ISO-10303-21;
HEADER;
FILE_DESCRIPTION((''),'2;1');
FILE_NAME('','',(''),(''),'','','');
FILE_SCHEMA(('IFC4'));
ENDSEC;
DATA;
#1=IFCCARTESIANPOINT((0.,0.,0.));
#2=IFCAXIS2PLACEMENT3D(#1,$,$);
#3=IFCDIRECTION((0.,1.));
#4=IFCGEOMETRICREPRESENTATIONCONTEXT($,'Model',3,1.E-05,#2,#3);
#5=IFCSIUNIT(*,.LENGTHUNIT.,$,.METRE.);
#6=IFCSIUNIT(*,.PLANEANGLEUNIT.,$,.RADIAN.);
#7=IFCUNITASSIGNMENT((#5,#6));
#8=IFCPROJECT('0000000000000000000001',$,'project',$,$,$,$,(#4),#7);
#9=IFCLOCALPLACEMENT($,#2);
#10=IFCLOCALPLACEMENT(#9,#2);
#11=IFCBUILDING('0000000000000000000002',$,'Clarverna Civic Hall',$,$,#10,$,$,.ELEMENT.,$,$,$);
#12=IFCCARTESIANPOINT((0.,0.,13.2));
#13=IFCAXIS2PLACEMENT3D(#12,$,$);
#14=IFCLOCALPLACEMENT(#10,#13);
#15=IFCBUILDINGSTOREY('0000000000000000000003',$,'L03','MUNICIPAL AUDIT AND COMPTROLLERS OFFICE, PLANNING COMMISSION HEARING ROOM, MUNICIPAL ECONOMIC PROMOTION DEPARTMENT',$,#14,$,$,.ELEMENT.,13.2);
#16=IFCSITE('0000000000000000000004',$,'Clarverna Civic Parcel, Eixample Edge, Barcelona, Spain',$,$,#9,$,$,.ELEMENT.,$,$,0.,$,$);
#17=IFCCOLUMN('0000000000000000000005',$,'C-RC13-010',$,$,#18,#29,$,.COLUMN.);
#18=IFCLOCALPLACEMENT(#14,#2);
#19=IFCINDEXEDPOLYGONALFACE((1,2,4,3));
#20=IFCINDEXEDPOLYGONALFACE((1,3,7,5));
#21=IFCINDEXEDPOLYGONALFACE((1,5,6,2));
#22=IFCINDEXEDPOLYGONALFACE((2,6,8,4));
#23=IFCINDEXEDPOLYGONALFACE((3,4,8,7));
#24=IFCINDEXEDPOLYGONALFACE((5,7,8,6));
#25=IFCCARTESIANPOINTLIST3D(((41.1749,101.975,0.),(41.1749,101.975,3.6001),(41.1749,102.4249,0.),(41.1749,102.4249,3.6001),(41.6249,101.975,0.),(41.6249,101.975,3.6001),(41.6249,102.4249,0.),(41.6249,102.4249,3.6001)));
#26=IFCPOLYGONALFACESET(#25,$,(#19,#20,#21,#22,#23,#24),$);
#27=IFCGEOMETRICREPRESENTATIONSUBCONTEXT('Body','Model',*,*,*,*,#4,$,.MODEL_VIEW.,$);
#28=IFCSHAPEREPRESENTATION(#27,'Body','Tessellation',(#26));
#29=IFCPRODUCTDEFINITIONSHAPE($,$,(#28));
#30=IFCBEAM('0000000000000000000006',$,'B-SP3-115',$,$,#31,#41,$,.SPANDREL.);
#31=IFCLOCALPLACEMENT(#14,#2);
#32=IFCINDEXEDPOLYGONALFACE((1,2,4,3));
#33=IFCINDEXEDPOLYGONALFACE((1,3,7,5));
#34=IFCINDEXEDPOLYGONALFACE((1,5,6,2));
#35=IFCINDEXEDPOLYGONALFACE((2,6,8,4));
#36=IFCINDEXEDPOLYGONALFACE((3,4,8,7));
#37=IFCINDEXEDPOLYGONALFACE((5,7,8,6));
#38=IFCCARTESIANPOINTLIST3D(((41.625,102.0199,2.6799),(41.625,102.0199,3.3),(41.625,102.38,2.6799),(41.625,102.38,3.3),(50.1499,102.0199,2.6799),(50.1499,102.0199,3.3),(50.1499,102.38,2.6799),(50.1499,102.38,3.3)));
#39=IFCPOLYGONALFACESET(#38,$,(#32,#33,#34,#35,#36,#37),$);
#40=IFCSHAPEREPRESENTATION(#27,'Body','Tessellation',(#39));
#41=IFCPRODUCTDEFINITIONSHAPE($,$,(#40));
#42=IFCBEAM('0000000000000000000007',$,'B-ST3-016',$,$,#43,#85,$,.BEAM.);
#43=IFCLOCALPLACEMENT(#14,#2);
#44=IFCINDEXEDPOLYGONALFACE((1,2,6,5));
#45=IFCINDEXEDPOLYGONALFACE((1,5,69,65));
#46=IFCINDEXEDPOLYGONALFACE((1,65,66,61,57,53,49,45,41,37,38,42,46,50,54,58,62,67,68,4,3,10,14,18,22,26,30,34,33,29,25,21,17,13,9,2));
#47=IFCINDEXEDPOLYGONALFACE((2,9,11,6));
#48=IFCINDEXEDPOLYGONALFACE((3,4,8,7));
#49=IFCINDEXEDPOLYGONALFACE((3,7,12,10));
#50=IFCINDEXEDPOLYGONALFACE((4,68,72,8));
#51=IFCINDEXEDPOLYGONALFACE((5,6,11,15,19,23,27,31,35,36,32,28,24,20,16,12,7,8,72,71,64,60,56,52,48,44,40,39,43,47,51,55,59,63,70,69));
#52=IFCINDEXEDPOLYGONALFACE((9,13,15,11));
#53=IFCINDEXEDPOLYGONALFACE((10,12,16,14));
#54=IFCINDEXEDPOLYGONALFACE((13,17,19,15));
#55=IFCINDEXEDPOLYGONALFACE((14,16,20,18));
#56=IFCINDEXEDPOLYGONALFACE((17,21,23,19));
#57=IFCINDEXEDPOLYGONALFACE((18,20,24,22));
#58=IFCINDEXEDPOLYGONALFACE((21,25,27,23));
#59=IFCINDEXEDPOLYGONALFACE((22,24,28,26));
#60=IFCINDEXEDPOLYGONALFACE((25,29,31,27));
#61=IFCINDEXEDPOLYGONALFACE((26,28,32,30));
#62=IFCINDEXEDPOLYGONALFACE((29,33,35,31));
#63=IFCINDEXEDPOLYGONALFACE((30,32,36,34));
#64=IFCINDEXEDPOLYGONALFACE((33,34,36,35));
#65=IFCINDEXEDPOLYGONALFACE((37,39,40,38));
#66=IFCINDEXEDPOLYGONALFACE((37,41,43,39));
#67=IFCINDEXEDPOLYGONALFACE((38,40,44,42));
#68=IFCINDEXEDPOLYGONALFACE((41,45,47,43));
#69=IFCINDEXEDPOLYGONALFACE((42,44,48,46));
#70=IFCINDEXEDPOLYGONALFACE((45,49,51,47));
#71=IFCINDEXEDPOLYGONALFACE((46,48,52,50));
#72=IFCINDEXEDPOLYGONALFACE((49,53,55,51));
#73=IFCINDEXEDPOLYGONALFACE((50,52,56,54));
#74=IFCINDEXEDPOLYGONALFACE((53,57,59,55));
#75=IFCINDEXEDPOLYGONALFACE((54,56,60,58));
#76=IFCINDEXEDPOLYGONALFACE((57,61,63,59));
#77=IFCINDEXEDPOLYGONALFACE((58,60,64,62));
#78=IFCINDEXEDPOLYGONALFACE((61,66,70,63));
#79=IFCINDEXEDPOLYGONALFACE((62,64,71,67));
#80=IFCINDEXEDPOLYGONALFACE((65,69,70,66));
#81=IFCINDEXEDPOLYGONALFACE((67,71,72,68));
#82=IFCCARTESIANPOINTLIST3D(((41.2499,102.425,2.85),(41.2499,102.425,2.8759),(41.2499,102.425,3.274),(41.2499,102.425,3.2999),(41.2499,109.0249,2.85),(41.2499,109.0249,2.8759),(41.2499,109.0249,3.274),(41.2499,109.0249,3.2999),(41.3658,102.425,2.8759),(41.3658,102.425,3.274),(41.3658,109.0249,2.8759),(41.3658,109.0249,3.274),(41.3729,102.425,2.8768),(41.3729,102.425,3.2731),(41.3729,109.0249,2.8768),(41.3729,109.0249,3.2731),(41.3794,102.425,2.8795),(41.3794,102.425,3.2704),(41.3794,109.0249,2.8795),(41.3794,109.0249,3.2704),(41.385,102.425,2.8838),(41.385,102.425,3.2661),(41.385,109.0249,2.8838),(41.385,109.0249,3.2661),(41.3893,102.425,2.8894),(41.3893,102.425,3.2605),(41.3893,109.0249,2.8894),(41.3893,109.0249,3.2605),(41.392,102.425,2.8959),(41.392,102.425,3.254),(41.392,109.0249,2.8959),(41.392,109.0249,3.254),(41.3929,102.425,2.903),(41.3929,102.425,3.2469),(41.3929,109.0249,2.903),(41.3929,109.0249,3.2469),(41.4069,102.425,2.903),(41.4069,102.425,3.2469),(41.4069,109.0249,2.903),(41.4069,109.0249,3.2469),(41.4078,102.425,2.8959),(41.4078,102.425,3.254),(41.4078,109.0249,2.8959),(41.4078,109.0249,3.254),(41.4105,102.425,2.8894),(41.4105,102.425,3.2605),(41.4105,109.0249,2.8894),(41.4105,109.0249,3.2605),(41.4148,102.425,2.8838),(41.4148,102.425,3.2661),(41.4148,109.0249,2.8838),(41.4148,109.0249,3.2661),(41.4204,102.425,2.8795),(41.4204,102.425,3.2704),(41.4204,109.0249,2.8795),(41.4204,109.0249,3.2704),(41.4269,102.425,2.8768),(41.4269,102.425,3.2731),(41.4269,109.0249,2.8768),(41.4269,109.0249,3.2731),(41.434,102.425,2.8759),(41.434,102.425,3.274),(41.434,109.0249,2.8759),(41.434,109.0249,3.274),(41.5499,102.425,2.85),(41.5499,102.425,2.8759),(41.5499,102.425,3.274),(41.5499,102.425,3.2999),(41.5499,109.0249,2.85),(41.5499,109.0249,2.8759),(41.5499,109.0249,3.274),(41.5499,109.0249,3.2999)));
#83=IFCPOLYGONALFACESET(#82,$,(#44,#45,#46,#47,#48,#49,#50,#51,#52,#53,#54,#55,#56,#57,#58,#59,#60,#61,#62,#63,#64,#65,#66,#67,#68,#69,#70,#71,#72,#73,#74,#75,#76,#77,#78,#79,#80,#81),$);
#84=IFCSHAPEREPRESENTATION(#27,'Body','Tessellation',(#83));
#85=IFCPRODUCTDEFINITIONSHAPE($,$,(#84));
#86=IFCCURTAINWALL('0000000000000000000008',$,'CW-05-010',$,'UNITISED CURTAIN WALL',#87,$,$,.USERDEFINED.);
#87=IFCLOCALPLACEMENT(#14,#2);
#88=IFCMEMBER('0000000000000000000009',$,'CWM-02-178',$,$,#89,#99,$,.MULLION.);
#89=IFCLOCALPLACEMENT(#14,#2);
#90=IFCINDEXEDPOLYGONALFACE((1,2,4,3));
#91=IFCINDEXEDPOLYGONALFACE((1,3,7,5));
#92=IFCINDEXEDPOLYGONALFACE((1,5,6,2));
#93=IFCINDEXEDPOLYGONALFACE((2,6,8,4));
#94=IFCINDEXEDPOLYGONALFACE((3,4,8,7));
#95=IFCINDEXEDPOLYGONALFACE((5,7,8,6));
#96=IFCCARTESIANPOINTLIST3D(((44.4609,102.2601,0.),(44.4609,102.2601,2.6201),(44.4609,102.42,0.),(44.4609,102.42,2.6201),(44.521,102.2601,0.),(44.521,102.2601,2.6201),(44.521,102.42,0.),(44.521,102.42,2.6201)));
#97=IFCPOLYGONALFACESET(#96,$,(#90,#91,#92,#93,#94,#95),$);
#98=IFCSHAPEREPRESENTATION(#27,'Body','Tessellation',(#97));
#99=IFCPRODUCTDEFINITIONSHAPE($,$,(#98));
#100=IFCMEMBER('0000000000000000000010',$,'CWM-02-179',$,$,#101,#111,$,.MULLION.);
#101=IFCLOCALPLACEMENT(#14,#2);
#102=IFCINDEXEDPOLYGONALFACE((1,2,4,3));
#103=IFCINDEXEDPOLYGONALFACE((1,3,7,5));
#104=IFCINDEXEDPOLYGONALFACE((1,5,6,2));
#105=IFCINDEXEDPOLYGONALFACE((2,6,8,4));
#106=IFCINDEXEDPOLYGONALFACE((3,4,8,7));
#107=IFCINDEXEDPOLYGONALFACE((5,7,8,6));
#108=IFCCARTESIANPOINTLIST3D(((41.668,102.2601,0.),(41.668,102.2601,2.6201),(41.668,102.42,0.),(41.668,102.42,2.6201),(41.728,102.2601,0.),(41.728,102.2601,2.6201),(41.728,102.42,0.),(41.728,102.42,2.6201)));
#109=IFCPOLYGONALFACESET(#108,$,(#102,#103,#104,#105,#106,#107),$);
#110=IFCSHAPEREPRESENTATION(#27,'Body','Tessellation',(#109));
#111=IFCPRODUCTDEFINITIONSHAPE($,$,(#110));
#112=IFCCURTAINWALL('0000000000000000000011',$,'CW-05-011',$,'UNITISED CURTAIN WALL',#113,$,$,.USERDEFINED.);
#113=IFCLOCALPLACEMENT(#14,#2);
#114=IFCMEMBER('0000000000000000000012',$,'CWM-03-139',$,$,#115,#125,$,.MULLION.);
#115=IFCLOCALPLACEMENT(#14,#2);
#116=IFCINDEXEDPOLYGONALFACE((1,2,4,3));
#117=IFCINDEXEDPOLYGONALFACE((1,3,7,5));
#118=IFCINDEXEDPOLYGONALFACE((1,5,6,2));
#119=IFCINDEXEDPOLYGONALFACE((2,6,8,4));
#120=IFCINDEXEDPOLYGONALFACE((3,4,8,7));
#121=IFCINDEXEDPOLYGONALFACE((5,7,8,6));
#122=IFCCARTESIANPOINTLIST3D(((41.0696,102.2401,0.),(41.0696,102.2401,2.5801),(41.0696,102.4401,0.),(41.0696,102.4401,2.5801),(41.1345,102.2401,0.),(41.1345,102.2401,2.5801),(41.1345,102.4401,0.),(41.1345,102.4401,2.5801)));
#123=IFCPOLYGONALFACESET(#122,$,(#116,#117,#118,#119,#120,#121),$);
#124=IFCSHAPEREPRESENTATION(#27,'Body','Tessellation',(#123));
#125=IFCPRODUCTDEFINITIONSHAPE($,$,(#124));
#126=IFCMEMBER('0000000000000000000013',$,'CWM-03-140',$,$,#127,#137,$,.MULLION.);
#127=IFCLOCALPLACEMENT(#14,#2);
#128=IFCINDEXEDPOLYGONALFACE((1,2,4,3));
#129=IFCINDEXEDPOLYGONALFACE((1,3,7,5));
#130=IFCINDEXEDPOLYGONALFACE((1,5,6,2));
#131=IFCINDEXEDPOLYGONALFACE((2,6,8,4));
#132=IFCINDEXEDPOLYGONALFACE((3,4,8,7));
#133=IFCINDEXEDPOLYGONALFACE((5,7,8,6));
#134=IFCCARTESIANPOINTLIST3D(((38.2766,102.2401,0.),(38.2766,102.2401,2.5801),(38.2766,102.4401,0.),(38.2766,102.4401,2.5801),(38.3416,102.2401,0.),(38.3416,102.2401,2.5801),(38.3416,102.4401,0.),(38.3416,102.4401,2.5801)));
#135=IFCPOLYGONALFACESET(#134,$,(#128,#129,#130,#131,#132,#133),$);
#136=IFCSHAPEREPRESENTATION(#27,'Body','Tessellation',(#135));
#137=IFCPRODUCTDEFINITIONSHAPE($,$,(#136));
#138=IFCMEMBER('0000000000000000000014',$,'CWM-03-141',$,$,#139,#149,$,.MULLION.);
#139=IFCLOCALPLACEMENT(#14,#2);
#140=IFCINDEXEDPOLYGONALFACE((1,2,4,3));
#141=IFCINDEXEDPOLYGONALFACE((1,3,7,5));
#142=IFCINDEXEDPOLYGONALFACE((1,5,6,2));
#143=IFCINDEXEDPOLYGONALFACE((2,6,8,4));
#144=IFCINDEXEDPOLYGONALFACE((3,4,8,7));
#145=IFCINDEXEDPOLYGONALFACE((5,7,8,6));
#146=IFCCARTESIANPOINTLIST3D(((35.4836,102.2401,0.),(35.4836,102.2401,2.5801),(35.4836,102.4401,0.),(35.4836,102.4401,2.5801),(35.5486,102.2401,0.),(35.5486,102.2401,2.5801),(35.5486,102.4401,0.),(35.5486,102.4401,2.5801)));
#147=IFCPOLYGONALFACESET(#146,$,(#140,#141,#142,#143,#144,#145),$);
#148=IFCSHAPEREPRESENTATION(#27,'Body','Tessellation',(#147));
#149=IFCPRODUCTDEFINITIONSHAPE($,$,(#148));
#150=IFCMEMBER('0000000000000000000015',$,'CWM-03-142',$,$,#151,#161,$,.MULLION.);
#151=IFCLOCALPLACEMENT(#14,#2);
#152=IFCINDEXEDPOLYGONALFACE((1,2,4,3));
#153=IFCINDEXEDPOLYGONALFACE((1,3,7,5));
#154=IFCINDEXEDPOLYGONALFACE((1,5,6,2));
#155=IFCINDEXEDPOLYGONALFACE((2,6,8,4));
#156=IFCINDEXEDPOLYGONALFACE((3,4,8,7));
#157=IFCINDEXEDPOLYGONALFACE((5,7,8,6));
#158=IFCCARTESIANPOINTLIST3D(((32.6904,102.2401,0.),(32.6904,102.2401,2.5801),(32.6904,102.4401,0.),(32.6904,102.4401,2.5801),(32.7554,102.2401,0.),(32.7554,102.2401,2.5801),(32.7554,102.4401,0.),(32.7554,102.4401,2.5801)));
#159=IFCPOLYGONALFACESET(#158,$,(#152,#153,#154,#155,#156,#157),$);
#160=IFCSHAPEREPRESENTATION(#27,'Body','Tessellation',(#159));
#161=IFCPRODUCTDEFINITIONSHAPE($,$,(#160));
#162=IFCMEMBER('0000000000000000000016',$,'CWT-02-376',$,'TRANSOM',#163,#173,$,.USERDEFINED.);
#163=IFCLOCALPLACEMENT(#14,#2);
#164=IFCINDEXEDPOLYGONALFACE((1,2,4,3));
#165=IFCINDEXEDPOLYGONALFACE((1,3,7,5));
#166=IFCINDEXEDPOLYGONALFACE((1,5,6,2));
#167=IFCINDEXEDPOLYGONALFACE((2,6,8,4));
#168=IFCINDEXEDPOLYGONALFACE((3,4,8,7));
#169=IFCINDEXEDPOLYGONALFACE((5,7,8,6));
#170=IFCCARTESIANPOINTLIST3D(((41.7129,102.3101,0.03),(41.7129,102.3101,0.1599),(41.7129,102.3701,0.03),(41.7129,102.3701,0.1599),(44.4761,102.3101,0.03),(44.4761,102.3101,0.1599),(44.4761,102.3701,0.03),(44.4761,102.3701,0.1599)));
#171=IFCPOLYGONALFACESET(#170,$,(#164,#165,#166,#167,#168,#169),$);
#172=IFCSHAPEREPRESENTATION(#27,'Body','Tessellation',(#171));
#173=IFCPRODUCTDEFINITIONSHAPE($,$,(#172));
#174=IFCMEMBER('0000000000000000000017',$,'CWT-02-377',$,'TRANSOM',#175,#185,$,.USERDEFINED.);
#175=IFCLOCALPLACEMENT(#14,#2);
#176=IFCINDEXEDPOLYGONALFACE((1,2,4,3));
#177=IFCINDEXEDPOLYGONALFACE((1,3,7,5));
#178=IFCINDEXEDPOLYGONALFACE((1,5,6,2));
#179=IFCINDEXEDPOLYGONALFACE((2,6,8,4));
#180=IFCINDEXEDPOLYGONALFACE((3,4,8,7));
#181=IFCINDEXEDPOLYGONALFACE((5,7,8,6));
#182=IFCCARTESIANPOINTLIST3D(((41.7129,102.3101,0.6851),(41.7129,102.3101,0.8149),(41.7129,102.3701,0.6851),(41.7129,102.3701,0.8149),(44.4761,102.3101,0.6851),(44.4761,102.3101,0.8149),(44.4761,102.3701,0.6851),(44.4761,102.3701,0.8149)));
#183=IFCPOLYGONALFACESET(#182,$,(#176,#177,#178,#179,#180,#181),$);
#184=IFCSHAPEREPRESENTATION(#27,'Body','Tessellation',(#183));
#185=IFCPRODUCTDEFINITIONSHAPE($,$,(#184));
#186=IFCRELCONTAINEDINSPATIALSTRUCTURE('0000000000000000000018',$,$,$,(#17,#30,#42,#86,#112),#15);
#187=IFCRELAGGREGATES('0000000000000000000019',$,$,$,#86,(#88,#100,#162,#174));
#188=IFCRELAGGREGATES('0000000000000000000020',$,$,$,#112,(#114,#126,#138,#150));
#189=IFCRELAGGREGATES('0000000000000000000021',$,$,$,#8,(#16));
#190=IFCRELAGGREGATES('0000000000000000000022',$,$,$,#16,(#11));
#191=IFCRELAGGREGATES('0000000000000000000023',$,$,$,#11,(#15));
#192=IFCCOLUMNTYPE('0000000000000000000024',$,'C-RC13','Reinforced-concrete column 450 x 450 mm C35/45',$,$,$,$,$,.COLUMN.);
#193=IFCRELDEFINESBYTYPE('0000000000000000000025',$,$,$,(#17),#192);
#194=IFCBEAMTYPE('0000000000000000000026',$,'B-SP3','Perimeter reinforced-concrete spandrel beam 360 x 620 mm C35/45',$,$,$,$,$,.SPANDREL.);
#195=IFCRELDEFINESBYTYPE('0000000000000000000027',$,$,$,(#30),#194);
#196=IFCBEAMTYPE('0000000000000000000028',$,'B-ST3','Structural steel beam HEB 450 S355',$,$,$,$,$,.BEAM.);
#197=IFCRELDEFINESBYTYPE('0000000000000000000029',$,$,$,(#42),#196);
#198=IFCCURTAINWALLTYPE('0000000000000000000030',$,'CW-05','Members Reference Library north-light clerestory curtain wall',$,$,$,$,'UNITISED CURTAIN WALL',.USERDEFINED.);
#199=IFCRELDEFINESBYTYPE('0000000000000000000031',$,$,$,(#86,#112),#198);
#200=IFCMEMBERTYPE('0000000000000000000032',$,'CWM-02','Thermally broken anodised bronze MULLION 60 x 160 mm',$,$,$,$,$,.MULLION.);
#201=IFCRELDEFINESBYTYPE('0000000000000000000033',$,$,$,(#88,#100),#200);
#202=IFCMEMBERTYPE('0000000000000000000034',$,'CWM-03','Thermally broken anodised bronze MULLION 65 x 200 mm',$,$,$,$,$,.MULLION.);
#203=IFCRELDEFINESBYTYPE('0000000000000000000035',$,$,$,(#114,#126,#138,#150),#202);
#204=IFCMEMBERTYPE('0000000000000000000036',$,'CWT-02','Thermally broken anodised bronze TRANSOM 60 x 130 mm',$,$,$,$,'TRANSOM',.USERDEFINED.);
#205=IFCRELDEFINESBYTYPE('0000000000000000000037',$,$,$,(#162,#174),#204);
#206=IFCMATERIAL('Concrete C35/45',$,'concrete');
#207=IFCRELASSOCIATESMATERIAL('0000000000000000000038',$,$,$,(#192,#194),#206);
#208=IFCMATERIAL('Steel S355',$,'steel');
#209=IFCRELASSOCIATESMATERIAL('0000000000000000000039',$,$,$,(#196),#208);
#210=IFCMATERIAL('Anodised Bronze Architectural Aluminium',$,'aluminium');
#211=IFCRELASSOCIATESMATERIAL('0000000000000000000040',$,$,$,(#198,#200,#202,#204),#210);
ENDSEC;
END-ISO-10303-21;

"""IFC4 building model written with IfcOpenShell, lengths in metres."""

from ifc_helpers import new_model, si_unit, direction, frame, origin, origin_2d, place, context, subcontext, project, spatial, rectangle, i_section, extrude, material, material_profile, profile_set, type_object, element, aggregate, save


model = new_model("IFC4")

# Units and contexts
model_context = context("Model", 3, precision=1e-05, world=origin(), true_north=direction((0.0, 1.0)))
body_context = subcontext(model_context, "Body", "Model", "MODEL_VIEW")
ifc_project = project(units=[si_unit("LENGTHUNIT", "METRE"), si_unit("PLANEANGLEUNIT", "RADIAN")], contexts=[model_context])

# Site, building, storey
site_placement = place(None, origin())
site = spatial("IfcSite", under=ifc_project, at=site_placement, Name="Clarverna Civic Parcel, Eixample Edge, Barcelona, Spain", CompositionType="ELEMENT", RefElevation=0.0)
building_placement = place(site_placement, origin())
building = spatial("IfcBuilding", under=site, at=building_placement, Name="Clarverna Civic Hall", CompositionType="ELEMENT")
storey_placement = place(building_placement, frame((0.0, 0.0, 13.2)))
storey = spatial("IfcBuildingStorey", under=building, at=storey_placement, Name="L03", Description="MUNICIPAL AUDIT AND COMPTROLLERS OFFICE, PLANNING COMMISSION HEARING ROOM, MUNICIPAL ECONOMIC PROMOTION DEPARTMENT", CompositionType="ELEMENT", Elevation=13.2)

# Column
ifc_material_1 = material(Name="Concrete C35/45", Category="concrete")
ifc_material_profile_1 = material_profile(ifc_material_1, rectangle(XDim=0.45, YDim=0.45, at=origin_2d()), Name="RC 450x450")
ifc_profile_set_1 = profile_set([ifc_material_profile_1], Name="Concrete C35/45")
column_type = type_object("IfcColumnType", Name="C-RC13", Description="Reinforced-concrete column 450 x 450 mm C35/45", PredefinedType="COLUMN", material=ifc_profile_set_1)
column_placement = place(storey_placement, frame((41.3999, 102.2, 0.0), z_axis=(0.0, 0.0, 1.0), x_axis=(1.0, 0.0, 0.0)))
element("IfcColumn", 1, at=column_placement, inside=storey, type_object=column_type, Name="C-RC13-010", PredefinedType="COLUMN", context=body_context, shape_type="SweptSolid", body=[
    extrude(rectangle(XDim=0.45, YDim=0.45, at=origin_2d()), origin(), (0.0, 0.0, 1.0), 3.6001),
])

# Beams
ifc_material_profile_2 = material_profile(ifc_material_1, rectangle(XDim=0.3601, YDim=0.6201, at=origin_2d()), Name="RC 360x620")
ifc_profile_set_2 = profile_set([ifc_material_profile_2], Name="Concrete C35/45")
beam_type_1 = type_object("IfcBeamType", Name="B-SP3", Description="Perimeter reinforced-concrete spandrel beam 360 x 620 mm C35/45", PredefinedType="SPANDREL", material=ifc_profile_set_2)
beam_1_placement = place(storey_placement, frame((41.625, 102.2, 2.99), z_axis=(1.0, 0.0, 0.0), x_axis=(0.0, 1.0, 0.0)))
element("IfcBeam", 2, at=beam_1_placement, inside=storey, type_object=beam_type_1, Name="B-SP3-115", PredefinedType="SPANDREL", context=body_context, shape_type="SweptSolid", body=[
    extrude(rectangle(XDim=0.3601, YDim=0.6201, at=origin_2d()), origin(), (0.0, 0.0, 1.0), 8.5249),
])
ifc_material_2 = material(Name="Steel S355", Category="steel")
ifc_material_profile_3 = material_profile(ifc_material_2, i_section(OverallWidth=0.3, OverallDepth=0.45, WebThickness=0.0139, FlangeThickness=0.0259, FilletRadius=0.0271, at=origin_2d()), Name="HEB 450")
ifc_profile_set_3 = profile_set([ifc_material_profile_3], Name="Steel S355")
beam_type_2 = type_object("IfcBeamType", Name="B-ST3", Description="Structural steel beam HEB 450 S355", PredefinedType="BEAM", material=ifc_profile_set_3)
beam_2_placement = place(storey_placement, frame((41.3999, 102.425, 3.075), z_axis=(0.0, 1.0, 0.0), x_axis=(-1.0, 0.0, 0.0)))
element("IfcBeam", 3, at=beam_2_placement, inside=storey, type_object=beam_type_2, Name="B-ST3-016", PredefinedType="BEAM", context=body_context, shape_type="SweptSolid", body=[
    extrude(i_section(OverallWidth=0.3, OverallDepth=0.45, WebThickness=0.0139, FlangeThickness=0.0259, FilletRadius=0.0271, at=origin_2d()), origin(), (0.0, 0.0, 1.0), 6.5999),
])

# Curtain walls, members
ifc_material_3 = material(Name="Anodised Bronze Architectural Aluminium", Category="aluminium")
curtain_wall_type = type_object("IfcCurtainWallType", Name="CW-05", Description="Members Reference Library north-light clerestory curtain wall", ElementType="UNITISED CURTAIN WALL", PredefinedType="USERDEFINED", material=ifc_material_3)
curtain_wall_1_placement = place(storey_placement, origin())
curtain_wall_1 = element("IfcCurtainWall", 4, at=curtain_wall_1_placement, inside=storey, type_object=curtain_wall_type, Name="CW-05-010", ObjectType="UNITISED CURTAIN WALL", PredefinedType="USERDEFINED")
ifc_material_profile_4 = material_profile(ifc_material_3, rectangle(XDim=0.0601, YDim=0.1599, at=origin_2d()), Name="BRONZE 60x160")
ifc_profile_set_4 = profile_set([ifc_material_profile_4], Name="Anodised Bronze Architectural Aluminium")
member_type_1 = type_object("IfcMemberType", Name="CWM-02", Description="Thermally broken anodised bronze MULLION 60 x 160 mm", PredefinedType="MULLION", material=ifc_profile_set_4)
member_1_placement = place(storey_placement, frame((44.491, 102.3401, 0.0), z_axis=(0.0, 0.0, 1.0), x_axis=(1.0, 0.0, 0.0)))
member_1 = element("IfcMember", 5, at=member_1_placement, type_object=member_type_1, Name="CWM-02-178", PredefinedType="MULLION", context=body_context, shape_type="SweptSolid", body=[
    extrude(rectangle(XDim=0.0601, YDim=0.1599, at=origin_2d()), origin(), (0.0, 0.0, 1.0), 2.6201),
])
member_2_placement = place(storey_placement, frame((41.698, 102.3401, 0.0), z_axis=(0.0, 0.0, 1.0), x_axis=(1.0, 0.0, 0.0)))
member_2 = element("IfcMember", 6, at=member_2_placement, type_object=member_type_1, Name="CWM-02-179", PredefinedType="MULLION", context=body_context, shape_type="SweptSolid", body=[
    extrude(rectangle(XDim=0.0601, YDim=0.1599, at=origin_2d()), origin(), (0.0, 0.0, 1.0), 2.6201),
])
curtain_wall_2_placement = place(storey_placement, origin())
curtain_wall_2 = element("IfcCurtainWall", 7, at=curtain_wall_2_placement, inside=storey, type_object=curtain_wall_type, Name="CW-05-011", ObjectType="UNITISED CURTAIN WALL", PredefinedType="USERDEFINED")
ifc_material_profile_5 = material_profile(ifc_material_3, rectangle(XDim=0.0649, YDim=0.2, at=origin_2d()), Name="BRONZE 65x200")
ifc_profile_set_5 = profile_set([ifc_material_profile_5], Name="Anodised Bronze Architectural Aluminium")
member_type_2 = type_object("IfcMemberType", Name="CWM-03", Description="Thermally broken anodised bronze MULLION 65 x 200 mm", PredefinedType="MULLION", material=ifc_profile_set_5)
member_3_placement = place(storey_placement, frame((41.1021, 102.3401, 0.0), z_axis=(0.0, 0.0, 1.0), x_axis=(1.0, 0.0, 0.0)))
member_3 = element("IfcMember", 8, at=member_3_placement, type_object=member_type_2, Name="CWM-03-139", PredefinedType="MULLION", context=body_context, shape_type="SweptSolid", body=[
    extrude(rectangle(XDim=0.0649, YDim=0.2, at=origin_2d()), origin(), (0.0, 0.0, 1.0), 2.5801),
])
member_4_placement = place(storey_placement, frame((38.3091, 102.3401, 0.0), z_axis=(0.0, 0.0, 1.0), x_axis=(1.0, 0.0, 0.0)))
member_4 = element("IfcMember", 9, at=member_4_placement, type_object=member_type_2, Name="CWM-03-140", PredefinedType="MULLION", context=body_context, shape_type="SweptSolid", body=[
    extrude(rectangle(XDim=0.0649, YDim=0.2, at=origin_2d()), origin(), (0.0, 0.0, 1.0), 2.5801),
])
member_5_placement = place(storey_placement, frame((35.5161, 102.3401, 0.0), z_axis=(0.0, 0.0, 1.0), x_axis=(1.0, 0.0, 0.0)))
member_5 = element("IfcMember", 10, at=member_5_placement, type_object=member_type_2, Name="CWM-03-141", PredefinedType="MULLION", context=body_context, shape_type="SweptSolid", body=[
    extrude(rectangle(XDim=0.0649, YDim=0.2, at=origin_2d()), origin(), (0.0, 0.0, 1.0), 2.5801),
])
member_6_placement = place(storey_placement, frame((32.7229, 102.3401, 0.0), z_axis=(0.0, 0.0, 1.0), x_axis=(1.0, 0.0, 0.0)))
member_6 = element("IfcMember", 11, at=member_6_placement, type_object=member_type_2, Name="CWM-03-142", PredefinedType="MULLION", context=body_context, shape_type="SweptSolid", body=[
    extrude(rectangle(XDim=0.0649, YDim=0.2, at=origin_2d()), origin(), (0.0, 0.0, 1.0), 2.5801),
])

# Members
ifc_material_profile_6 = material_profile(ifc_material_3, rectangle(XDim=0.0601, YDim=0.1299, at=origin_2d()), Name="BRONZE 60x130")
ifc_profile_set_6 = profile_set([ifc_material_profile_6], Name="Anodised Bronze Architectural Aluminium")
member_type_3 = type_object("IfcMemberType", Name="CWT-02", Description="Thermally broken anodised bronze TRANSOM 60 x 130 mm", ElementType="TRANSOM", PredefinedType="USERDEFINED", material=ifc_profile_set_6)
member_7_placement = place(storey_placement, frame((44.4761, 102.3401, 0.095), z_axis=(-1.0, 0.0, 0.0), x_axis=(0.0, -1.0, 0.0)))
member_7 = element("IfcMember", 12, at=member_7_placement, type_object=member_type_3, Name="CWT-02-376", ObjectType="TRANSOM", PredefinedType="USERDEFINED", context=body_context, shape_type="SweptSolid", body=[
    extrude(rectangle(XDim=0.0601, YDim=0.1299, at=origin_2d()), origin(), (0.0, 0.0, 1.0), 2.7632),
])
member_8_placement = place(storey_placement, frame((44.4761, 102.3401, 0.75), z_axis=(-1.0, 0.0, 0.0), x_axis=(0.0, -1.0, 0.0)))
member_8 = element("IfcMember", 13, at=member_8_placement, type_object=member_type_3, Name="CWT-02-377", ObjectType="TRANSOM", PredefinedType="USERDEFINED", context=body_context, shape_type="SweptSolid", body=[
    extrude(rectangle(XDim=0.0601, YDim=0.1299, at=origin_2d()), origin(), (0.0, 0.0, 1.0), 2.7632),
])

aggregate(curtain_wall_1, [member_1, member_2, member_7, member_8])
aggregate(curtain_wall_2, [member_3, member_4, member_5, member_6])

save(model, "model.ifc")
